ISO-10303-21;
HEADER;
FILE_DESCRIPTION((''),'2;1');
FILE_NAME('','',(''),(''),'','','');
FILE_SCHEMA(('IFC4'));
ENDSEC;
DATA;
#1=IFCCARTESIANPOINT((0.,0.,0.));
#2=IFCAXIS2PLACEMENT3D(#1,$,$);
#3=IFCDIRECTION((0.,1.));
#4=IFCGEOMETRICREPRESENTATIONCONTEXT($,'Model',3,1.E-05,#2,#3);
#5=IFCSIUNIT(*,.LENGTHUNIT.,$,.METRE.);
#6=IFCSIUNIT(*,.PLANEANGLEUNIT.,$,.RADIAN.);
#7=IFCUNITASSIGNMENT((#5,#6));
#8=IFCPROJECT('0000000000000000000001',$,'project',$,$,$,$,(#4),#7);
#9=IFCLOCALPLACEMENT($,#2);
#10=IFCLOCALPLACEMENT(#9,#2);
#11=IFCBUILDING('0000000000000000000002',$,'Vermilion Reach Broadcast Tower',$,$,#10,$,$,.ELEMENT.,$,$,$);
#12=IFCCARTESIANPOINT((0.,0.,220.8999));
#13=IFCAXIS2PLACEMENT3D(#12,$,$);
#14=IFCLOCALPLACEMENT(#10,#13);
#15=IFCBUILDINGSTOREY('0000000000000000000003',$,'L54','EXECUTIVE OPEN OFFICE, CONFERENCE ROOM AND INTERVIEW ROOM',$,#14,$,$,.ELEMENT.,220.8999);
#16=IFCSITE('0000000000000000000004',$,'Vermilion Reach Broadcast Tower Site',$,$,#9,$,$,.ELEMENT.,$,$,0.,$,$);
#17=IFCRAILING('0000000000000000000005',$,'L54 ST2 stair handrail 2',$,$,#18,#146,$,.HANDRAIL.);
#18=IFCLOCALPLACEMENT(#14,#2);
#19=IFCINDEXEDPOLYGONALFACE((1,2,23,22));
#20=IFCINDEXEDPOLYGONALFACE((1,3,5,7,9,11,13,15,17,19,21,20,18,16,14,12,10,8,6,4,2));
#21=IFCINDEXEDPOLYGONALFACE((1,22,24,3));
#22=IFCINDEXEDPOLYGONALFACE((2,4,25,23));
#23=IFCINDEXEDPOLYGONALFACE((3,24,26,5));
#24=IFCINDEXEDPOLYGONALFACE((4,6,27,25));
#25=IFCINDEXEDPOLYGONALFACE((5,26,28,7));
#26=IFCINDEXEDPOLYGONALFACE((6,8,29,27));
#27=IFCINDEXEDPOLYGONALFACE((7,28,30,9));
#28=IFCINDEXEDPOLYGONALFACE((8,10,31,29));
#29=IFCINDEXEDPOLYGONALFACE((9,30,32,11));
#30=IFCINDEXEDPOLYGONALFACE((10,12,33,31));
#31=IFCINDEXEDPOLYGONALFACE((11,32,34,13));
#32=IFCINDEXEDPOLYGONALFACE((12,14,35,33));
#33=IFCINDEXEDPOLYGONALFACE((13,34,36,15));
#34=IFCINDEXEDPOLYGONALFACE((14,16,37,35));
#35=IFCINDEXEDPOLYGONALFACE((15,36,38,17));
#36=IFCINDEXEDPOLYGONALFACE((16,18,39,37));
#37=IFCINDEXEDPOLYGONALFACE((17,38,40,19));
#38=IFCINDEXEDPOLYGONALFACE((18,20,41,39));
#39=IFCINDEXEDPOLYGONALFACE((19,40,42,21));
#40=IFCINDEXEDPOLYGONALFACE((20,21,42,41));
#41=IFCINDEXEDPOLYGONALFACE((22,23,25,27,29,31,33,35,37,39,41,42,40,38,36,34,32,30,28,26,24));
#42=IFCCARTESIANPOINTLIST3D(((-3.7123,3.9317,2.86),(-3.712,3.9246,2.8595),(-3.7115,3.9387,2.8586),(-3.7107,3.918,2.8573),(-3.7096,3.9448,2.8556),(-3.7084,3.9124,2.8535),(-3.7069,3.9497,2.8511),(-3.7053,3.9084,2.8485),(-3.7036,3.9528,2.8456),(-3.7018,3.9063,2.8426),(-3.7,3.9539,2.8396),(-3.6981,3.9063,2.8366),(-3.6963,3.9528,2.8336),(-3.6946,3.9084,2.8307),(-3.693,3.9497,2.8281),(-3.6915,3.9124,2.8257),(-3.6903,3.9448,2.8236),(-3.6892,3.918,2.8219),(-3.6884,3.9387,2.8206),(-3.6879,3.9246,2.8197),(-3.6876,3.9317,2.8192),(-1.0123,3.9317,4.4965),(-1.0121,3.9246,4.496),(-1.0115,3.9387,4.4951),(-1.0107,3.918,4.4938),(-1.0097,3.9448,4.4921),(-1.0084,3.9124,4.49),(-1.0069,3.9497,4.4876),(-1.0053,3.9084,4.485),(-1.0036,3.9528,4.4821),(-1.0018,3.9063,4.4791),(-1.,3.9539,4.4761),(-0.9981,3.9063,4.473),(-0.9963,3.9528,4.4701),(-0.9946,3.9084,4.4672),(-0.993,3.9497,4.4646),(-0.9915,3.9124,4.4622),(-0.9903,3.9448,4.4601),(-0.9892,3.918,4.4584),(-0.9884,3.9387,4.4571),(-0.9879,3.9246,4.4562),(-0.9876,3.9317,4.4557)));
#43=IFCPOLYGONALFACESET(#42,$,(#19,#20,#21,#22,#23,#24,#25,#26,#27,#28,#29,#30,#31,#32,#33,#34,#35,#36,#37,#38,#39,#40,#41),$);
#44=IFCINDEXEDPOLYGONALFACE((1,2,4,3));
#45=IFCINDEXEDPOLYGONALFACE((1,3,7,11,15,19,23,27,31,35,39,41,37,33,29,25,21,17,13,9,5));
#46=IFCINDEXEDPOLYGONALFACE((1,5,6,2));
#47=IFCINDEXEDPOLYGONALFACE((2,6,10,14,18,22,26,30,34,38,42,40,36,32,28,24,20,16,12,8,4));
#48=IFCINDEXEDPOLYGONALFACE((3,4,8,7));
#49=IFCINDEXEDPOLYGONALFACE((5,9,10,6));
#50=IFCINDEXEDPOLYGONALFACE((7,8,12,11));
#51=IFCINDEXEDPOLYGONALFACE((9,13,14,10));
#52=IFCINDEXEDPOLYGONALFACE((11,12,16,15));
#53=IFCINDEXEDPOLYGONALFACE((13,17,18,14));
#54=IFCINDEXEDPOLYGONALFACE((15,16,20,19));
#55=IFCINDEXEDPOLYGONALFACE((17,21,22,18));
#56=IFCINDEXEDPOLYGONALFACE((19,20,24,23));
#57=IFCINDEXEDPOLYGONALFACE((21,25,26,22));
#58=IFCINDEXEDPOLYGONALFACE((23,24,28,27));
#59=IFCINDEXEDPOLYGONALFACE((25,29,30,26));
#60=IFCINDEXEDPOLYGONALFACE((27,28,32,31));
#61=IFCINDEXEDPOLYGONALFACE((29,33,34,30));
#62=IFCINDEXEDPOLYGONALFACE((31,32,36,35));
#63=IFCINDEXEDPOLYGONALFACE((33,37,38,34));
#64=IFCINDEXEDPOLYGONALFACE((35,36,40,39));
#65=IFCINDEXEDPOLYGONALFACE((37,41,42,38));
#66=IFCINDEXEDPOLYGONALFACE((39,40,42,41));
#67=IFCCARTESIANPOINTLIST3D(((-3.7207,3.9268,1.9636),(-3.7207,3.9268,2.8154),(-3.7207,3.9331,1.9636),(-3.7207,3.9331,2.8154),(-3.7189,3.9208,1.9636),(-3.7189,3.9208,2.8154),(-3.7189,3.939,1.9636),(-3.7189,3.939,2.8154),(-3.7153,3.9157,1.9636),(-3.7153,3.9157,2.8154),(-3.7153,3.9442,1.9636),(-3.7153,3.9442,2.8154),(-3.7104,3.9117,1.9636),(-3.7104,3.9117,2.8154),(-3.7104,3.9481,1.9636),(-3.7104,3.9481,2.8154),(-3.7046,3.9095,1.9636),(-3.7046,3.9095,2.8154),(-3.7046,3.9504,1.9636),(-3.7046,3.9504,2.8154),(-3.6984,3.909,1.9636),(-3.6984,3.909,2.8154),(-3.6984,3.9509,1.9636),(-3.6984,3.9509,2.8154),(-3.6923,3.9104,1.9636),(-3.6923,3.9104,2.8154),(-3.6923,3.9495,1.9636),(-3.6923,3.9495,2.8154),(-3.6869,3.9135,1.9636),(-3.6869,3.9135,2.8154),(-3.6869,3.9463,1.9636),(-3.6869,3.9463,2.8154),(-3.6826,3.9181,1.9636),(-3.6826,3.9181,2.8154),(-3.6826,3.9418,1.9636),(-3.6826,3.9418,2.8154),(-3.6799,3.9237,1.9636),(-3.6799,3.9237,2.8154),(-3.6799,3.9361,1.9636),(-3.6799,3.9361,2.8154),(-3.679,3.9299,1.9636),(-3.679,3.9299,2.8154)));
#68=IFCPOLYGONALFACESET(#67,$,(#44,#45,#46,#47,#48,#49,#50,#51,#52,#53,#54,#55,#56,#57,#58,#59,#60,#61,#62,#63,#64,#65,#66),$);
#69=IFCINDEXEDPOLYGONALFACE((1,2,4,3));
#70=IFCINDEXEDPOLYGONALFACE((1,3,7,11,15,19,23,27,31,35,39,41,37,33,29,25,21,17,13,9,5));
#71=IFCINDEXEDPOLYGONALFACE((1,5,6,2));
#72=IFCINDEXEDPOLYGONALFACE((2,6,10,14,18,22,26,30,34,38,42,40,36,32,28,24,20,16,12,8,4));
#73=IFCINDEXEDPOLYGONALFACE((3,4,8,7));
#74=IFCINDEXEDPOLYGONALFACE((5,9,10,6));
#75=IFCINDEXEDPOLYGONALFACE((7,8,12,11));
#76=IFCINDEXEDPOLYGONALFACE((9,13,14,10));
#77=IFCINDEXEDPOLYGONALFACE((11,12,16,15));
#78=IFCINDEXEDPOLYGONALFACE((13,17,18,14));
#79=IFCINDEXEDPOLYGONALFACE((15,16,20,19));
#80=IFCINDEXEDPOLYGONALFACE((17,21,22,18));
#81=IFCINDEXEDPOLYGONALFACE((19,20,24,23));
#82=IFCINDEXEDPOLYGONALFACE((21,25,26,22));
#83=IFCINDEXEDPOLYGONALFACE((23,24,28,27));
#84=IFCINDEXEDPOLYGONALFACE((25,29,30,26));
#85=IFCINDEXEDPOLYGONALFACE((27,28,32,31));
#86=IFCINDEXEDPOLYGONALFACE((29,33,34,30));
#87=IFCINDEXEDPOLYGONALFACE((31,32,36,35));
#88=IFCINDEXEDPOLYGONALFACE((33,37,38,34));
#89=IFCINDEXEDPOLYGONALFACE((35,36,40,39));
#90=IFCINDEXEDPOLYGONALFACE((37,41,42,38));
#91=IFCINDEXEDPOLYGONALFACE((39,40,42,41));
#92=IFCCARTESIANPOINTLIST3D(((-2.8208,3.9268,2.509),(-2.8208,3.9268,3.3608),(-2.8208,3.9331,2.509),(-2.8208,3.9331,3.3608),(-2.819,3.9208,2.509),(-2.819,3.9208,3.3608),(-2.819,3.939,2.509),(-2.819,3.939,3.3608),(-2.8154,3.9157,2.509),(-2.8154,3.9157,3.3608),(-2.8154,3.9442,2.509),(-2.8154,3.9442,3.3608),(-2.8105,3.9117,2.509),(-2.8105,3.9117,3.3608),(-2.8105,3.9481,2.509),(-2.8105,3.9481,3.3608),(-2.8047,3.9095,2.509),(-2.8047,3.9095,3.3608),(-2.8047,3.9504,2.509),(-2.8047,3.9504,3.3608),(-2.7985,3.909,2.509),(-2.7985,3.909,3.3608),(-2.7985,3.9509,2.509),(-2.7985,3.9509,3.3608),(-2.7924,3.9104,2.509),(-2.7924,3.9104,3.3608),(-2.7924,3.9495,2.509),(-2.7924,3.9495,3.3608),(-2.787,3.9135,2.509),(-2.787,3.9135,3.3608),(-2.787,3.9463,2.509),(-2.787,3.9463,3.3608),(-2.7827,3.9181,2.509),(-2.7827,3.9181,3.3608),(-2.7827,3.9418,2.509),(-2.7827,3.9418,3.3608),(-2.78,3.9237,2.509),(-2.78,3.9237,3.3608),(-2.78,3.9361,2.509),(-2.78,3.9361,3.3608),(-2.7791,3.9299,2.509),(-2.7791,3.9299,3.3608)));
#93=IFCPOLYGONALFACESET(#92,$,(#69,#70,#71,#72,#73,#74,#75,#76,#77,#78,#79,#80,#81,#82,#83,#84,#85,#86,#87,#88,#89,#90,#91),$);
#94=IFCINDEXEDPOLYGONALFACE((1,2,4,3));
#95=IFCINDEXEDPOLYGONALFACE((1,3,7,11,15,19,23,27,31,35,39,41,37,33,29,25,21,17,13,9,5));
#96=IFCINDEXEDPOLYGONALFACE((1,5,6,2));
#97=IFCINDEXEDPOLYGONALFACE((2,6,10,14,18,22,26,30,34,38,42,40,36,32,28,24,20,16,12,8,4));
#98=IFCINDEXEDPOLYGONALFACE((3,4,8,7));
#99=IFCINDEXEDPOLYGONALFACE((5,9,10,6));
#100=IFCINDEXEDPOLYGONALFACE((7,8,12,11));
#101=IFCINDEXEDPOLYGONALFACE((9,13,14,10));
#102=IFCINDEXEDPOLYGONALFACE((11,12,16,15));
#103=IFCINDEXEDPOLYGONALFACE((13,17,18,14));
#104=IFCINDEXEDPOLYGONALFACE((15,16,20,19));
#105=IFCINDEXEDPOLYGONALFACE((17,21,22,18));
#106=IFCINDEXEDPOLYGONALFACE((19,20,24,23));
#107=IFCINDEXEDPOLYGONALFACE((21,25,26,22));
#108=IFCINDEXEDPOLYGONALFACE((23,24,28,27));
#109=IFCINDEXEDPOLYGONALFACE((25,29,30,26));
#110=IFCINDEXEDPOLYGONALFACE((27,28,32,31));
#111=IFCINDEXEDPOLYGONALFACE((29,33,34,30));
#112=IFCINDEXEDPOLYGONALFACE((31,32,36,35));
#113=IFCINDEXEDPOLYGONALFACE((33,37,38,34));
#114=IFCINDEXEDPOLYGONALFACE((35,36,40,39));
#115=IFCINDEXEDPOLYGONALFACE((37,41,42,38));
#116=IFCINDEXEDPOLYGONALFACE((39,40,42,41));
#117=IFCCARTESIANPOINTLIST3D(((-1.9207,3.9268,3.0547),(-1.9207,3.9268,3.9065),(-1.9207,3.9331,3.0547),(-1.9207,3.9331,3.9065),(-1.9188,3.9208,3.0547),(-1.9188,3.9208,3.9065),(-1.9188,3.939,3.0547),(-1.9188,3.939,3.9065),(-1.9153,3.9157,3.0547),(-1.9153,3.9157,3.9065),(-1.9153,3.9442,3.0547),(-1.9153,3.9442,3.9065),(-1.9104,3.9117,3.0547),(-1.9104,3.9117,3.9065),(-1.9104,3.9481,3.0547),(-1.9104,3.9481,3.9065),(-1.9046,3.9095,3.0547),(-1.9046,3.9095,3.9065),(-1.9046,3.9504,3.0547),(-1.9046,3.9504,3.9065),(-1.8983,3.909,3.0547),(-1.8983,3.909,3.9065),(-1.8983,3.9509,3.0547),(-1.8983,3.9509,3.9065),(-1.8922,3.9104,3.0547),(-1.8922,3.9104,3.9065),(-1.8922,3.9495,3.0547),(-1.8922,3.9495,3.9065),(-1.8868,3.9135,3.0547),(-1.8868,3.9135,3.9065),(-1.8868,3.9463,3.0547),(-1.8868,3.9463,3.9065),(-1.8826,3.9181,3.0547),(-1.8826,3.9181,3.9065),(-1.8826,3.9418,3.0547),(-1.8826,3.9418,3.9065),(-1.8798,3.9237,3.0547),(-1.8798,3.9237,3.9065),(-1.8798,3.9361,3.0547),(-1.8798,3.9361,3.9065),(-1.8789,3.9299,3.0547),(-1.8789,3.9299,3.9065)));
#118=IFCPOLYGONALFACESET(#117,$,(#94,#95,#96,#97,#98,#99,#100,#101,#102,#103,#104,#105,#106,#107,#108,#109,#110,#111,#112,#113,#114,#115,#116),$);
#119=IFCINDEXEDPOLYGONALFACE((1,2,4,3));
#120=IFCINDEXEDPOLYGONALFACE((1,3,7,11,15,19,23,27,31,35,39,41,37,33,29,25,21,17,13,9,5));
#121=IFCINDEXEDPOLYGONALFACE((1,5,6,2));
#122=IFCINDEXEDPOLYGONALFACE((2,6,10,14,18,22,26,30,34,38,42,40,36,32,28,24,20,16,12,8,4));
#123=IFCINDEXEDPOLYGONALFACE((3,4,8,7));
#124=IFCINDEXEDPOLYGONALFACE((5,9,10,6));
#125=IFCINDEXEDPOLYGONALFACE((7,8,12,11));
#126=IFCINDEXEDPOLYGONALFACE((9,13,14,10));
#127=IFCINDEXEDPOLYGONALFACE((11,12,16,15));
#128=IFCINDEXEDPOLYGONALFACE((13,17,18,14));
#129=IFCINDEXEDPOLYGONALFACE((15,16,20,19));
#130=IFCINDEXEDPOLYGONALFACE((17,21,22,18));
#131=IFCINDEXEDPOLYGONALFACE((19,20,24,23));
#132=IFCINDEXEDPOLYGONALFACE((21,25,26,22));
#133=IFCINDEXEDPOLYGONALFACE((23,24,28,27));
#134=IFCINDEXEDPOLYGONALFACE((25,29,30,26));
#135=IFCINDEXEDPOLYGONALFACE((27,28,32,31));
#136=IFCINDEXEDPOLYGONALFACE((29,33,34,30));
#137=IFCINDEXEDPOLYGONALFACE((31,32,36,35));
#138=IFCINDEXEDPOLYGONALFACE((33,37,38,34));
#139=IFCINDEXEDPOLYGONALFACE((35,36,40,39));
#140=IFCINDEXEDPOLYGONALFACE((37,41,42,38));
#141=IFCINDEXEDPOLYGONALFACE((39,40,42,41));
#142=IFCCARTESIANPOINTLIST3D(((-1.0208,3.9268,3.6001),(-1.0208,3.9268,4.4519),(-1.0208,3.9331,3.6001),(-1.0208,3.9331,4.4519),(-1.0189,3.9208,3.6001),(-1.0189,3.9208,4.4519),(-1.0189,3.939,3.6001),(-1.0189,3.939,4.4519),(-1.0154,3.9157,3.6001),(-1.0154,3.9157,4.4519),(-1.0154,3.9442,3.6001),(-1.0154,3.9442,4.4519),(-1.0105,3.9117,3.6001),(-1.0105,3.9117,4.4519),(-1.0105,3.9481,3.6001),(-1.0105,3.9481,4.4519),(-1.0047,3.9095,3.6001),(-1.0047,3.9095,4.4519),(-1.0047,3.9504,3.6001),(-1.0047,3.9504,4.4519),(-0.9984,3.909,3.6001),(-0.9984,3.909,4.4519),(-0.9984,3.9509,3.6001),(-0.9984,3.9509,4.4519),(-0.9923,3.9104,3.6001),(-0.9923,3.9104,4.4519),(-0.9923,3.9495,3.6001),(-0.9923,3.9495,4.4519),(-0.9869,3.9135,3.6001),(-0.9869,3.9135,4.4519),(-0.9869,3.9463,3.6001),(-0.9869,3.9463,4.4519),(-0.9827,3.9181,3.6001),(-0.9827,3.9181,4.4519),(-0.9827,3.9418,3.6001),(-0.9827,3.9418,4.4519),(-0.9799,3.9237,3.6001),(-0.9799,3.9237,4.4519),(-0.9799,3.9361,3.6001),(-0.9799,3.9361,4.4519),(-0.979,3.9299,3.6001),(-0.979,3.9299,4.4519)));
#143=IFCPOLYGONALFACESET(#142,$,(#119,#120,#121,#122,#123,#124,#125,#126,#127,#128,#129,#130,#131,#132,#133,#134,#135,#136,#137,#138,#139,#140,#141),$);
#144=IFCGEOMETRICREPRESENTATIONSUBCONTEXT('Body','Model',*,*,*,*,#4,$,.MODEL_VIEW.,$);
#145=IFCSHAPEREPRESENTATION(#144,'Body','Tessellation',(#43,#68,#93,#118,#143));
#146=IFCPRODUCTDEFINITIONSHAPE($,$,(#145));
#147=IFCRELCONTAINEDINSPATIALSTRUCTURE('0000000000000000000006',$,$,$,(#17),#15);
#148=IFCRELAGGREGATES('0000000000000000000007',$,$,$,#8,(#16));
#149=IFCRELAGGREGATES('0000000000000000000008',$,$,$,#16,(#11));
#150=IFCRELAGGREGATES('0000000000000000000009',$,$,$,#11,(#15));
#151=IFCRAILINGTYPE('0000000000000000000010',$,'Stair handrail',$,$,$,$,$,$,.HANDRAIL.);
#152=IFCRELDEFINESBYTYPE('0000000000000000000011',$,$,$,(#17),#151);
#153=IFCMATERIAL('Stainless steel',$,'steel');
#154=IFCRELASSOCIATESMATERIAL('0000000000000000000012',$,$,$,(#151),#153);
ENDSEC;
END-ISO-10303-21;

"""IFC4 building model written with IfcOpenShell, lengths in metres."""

from ifc_helpers import new_model, si_unit, direction, frame, origin, origin_2d, place, context, subcontext, project, spatial, circle, extrude, material, type_object, element, save


model = new_model("IFC4")

# Units and contexts
model_context = context("Model", 3, precision=1e-05, world=origin(), true_north=direction((0.0, 1.0)))
body_context = subcontext(model_context, "Body", "Model", "MODEL_VIEW")
ifc_project = project(units=[si_unit("LENGTHUNIT", "METRE"), si_unit("PLANEANGLEUNIT", "RADIAN")], contexts=[model_context])

# Site, building, storey
site_placement = place(None, origin())
site = spatial("IfcSite", under=ifc_project, at=site_placement, Name="Vermilion Reach Broadcast Tower Site", CompositionType="ELEMENT", RefElevation=0.0)
building_placement = place(site_placement, origin())
building = spatial("IfcBuilding", under=site, at=building_placement, Name="Vermilion Reach Broadcast Tower", CompositionType="ELEMENT")
storey_placement = place(building_placement, frame((0.0, 0.0, 220.8999)))
storey = spatial("IfcBuildingStorey", under=building, at=storey_placement, Name="L54", Description="EXECUTIVE OPEN OFFICE, CONFERENCE ROOM AND INTERVIEW ROOM", CompositionType="ELEMENT", Elevation=220.8999)

# Railing
ifc_material_1 = material(Name="Stainless steel", Category="steel")
railing_type_1 = type_object("IfcRailingType", Name="Stair handrail", PredefinedType="HANDRAIL", material=ifc_material_1)
railing_1_placement = place(storey_placement, frame((-3.7, 3.9299, 1.9636)))
element("IfcRailing", 1, at=railing_1_placement, inside=storey, type_object=railing_type_1, Name="L54 ST2 stair handrail 2", PredefinedType="HANDRAIL", context=body_context, shape_type="SweptSolid", body=[
    extrude(circle(Radius=0.0239, at=origin_2d()), frame((0.0, 0.0, 0.876), z_axis=(0.855178, 0.0, 0.518334), x_axis=(0.0, 1.0, 0.0)), (0.0, 0.0, 1.0), 3.1572),
    extrude(circle(Radius=0.021, at=origin_2d()), origin(), (0.0, 0.0, 1.0), 0.8518),
    extrude(circle(Radius=0.021, at=origin_2d()), frame((0.8999, 0.0, 0.5454)), (0.0, 0.0, 1.0), 0.8518),
    extrude(circle(Radius=0.021, at=origin_2d()), frame((1.8, 0.0, 1.0911)), (0.0, 0.0, 1.0), 0.8518),
    extrude(circle(Radius=0.021, at=origin_2d()), frame((2.7, 0.0, 1.6365)), (0.0, 0.0, 1.0), 0.8518),
])

save(model, "model.ifc")
